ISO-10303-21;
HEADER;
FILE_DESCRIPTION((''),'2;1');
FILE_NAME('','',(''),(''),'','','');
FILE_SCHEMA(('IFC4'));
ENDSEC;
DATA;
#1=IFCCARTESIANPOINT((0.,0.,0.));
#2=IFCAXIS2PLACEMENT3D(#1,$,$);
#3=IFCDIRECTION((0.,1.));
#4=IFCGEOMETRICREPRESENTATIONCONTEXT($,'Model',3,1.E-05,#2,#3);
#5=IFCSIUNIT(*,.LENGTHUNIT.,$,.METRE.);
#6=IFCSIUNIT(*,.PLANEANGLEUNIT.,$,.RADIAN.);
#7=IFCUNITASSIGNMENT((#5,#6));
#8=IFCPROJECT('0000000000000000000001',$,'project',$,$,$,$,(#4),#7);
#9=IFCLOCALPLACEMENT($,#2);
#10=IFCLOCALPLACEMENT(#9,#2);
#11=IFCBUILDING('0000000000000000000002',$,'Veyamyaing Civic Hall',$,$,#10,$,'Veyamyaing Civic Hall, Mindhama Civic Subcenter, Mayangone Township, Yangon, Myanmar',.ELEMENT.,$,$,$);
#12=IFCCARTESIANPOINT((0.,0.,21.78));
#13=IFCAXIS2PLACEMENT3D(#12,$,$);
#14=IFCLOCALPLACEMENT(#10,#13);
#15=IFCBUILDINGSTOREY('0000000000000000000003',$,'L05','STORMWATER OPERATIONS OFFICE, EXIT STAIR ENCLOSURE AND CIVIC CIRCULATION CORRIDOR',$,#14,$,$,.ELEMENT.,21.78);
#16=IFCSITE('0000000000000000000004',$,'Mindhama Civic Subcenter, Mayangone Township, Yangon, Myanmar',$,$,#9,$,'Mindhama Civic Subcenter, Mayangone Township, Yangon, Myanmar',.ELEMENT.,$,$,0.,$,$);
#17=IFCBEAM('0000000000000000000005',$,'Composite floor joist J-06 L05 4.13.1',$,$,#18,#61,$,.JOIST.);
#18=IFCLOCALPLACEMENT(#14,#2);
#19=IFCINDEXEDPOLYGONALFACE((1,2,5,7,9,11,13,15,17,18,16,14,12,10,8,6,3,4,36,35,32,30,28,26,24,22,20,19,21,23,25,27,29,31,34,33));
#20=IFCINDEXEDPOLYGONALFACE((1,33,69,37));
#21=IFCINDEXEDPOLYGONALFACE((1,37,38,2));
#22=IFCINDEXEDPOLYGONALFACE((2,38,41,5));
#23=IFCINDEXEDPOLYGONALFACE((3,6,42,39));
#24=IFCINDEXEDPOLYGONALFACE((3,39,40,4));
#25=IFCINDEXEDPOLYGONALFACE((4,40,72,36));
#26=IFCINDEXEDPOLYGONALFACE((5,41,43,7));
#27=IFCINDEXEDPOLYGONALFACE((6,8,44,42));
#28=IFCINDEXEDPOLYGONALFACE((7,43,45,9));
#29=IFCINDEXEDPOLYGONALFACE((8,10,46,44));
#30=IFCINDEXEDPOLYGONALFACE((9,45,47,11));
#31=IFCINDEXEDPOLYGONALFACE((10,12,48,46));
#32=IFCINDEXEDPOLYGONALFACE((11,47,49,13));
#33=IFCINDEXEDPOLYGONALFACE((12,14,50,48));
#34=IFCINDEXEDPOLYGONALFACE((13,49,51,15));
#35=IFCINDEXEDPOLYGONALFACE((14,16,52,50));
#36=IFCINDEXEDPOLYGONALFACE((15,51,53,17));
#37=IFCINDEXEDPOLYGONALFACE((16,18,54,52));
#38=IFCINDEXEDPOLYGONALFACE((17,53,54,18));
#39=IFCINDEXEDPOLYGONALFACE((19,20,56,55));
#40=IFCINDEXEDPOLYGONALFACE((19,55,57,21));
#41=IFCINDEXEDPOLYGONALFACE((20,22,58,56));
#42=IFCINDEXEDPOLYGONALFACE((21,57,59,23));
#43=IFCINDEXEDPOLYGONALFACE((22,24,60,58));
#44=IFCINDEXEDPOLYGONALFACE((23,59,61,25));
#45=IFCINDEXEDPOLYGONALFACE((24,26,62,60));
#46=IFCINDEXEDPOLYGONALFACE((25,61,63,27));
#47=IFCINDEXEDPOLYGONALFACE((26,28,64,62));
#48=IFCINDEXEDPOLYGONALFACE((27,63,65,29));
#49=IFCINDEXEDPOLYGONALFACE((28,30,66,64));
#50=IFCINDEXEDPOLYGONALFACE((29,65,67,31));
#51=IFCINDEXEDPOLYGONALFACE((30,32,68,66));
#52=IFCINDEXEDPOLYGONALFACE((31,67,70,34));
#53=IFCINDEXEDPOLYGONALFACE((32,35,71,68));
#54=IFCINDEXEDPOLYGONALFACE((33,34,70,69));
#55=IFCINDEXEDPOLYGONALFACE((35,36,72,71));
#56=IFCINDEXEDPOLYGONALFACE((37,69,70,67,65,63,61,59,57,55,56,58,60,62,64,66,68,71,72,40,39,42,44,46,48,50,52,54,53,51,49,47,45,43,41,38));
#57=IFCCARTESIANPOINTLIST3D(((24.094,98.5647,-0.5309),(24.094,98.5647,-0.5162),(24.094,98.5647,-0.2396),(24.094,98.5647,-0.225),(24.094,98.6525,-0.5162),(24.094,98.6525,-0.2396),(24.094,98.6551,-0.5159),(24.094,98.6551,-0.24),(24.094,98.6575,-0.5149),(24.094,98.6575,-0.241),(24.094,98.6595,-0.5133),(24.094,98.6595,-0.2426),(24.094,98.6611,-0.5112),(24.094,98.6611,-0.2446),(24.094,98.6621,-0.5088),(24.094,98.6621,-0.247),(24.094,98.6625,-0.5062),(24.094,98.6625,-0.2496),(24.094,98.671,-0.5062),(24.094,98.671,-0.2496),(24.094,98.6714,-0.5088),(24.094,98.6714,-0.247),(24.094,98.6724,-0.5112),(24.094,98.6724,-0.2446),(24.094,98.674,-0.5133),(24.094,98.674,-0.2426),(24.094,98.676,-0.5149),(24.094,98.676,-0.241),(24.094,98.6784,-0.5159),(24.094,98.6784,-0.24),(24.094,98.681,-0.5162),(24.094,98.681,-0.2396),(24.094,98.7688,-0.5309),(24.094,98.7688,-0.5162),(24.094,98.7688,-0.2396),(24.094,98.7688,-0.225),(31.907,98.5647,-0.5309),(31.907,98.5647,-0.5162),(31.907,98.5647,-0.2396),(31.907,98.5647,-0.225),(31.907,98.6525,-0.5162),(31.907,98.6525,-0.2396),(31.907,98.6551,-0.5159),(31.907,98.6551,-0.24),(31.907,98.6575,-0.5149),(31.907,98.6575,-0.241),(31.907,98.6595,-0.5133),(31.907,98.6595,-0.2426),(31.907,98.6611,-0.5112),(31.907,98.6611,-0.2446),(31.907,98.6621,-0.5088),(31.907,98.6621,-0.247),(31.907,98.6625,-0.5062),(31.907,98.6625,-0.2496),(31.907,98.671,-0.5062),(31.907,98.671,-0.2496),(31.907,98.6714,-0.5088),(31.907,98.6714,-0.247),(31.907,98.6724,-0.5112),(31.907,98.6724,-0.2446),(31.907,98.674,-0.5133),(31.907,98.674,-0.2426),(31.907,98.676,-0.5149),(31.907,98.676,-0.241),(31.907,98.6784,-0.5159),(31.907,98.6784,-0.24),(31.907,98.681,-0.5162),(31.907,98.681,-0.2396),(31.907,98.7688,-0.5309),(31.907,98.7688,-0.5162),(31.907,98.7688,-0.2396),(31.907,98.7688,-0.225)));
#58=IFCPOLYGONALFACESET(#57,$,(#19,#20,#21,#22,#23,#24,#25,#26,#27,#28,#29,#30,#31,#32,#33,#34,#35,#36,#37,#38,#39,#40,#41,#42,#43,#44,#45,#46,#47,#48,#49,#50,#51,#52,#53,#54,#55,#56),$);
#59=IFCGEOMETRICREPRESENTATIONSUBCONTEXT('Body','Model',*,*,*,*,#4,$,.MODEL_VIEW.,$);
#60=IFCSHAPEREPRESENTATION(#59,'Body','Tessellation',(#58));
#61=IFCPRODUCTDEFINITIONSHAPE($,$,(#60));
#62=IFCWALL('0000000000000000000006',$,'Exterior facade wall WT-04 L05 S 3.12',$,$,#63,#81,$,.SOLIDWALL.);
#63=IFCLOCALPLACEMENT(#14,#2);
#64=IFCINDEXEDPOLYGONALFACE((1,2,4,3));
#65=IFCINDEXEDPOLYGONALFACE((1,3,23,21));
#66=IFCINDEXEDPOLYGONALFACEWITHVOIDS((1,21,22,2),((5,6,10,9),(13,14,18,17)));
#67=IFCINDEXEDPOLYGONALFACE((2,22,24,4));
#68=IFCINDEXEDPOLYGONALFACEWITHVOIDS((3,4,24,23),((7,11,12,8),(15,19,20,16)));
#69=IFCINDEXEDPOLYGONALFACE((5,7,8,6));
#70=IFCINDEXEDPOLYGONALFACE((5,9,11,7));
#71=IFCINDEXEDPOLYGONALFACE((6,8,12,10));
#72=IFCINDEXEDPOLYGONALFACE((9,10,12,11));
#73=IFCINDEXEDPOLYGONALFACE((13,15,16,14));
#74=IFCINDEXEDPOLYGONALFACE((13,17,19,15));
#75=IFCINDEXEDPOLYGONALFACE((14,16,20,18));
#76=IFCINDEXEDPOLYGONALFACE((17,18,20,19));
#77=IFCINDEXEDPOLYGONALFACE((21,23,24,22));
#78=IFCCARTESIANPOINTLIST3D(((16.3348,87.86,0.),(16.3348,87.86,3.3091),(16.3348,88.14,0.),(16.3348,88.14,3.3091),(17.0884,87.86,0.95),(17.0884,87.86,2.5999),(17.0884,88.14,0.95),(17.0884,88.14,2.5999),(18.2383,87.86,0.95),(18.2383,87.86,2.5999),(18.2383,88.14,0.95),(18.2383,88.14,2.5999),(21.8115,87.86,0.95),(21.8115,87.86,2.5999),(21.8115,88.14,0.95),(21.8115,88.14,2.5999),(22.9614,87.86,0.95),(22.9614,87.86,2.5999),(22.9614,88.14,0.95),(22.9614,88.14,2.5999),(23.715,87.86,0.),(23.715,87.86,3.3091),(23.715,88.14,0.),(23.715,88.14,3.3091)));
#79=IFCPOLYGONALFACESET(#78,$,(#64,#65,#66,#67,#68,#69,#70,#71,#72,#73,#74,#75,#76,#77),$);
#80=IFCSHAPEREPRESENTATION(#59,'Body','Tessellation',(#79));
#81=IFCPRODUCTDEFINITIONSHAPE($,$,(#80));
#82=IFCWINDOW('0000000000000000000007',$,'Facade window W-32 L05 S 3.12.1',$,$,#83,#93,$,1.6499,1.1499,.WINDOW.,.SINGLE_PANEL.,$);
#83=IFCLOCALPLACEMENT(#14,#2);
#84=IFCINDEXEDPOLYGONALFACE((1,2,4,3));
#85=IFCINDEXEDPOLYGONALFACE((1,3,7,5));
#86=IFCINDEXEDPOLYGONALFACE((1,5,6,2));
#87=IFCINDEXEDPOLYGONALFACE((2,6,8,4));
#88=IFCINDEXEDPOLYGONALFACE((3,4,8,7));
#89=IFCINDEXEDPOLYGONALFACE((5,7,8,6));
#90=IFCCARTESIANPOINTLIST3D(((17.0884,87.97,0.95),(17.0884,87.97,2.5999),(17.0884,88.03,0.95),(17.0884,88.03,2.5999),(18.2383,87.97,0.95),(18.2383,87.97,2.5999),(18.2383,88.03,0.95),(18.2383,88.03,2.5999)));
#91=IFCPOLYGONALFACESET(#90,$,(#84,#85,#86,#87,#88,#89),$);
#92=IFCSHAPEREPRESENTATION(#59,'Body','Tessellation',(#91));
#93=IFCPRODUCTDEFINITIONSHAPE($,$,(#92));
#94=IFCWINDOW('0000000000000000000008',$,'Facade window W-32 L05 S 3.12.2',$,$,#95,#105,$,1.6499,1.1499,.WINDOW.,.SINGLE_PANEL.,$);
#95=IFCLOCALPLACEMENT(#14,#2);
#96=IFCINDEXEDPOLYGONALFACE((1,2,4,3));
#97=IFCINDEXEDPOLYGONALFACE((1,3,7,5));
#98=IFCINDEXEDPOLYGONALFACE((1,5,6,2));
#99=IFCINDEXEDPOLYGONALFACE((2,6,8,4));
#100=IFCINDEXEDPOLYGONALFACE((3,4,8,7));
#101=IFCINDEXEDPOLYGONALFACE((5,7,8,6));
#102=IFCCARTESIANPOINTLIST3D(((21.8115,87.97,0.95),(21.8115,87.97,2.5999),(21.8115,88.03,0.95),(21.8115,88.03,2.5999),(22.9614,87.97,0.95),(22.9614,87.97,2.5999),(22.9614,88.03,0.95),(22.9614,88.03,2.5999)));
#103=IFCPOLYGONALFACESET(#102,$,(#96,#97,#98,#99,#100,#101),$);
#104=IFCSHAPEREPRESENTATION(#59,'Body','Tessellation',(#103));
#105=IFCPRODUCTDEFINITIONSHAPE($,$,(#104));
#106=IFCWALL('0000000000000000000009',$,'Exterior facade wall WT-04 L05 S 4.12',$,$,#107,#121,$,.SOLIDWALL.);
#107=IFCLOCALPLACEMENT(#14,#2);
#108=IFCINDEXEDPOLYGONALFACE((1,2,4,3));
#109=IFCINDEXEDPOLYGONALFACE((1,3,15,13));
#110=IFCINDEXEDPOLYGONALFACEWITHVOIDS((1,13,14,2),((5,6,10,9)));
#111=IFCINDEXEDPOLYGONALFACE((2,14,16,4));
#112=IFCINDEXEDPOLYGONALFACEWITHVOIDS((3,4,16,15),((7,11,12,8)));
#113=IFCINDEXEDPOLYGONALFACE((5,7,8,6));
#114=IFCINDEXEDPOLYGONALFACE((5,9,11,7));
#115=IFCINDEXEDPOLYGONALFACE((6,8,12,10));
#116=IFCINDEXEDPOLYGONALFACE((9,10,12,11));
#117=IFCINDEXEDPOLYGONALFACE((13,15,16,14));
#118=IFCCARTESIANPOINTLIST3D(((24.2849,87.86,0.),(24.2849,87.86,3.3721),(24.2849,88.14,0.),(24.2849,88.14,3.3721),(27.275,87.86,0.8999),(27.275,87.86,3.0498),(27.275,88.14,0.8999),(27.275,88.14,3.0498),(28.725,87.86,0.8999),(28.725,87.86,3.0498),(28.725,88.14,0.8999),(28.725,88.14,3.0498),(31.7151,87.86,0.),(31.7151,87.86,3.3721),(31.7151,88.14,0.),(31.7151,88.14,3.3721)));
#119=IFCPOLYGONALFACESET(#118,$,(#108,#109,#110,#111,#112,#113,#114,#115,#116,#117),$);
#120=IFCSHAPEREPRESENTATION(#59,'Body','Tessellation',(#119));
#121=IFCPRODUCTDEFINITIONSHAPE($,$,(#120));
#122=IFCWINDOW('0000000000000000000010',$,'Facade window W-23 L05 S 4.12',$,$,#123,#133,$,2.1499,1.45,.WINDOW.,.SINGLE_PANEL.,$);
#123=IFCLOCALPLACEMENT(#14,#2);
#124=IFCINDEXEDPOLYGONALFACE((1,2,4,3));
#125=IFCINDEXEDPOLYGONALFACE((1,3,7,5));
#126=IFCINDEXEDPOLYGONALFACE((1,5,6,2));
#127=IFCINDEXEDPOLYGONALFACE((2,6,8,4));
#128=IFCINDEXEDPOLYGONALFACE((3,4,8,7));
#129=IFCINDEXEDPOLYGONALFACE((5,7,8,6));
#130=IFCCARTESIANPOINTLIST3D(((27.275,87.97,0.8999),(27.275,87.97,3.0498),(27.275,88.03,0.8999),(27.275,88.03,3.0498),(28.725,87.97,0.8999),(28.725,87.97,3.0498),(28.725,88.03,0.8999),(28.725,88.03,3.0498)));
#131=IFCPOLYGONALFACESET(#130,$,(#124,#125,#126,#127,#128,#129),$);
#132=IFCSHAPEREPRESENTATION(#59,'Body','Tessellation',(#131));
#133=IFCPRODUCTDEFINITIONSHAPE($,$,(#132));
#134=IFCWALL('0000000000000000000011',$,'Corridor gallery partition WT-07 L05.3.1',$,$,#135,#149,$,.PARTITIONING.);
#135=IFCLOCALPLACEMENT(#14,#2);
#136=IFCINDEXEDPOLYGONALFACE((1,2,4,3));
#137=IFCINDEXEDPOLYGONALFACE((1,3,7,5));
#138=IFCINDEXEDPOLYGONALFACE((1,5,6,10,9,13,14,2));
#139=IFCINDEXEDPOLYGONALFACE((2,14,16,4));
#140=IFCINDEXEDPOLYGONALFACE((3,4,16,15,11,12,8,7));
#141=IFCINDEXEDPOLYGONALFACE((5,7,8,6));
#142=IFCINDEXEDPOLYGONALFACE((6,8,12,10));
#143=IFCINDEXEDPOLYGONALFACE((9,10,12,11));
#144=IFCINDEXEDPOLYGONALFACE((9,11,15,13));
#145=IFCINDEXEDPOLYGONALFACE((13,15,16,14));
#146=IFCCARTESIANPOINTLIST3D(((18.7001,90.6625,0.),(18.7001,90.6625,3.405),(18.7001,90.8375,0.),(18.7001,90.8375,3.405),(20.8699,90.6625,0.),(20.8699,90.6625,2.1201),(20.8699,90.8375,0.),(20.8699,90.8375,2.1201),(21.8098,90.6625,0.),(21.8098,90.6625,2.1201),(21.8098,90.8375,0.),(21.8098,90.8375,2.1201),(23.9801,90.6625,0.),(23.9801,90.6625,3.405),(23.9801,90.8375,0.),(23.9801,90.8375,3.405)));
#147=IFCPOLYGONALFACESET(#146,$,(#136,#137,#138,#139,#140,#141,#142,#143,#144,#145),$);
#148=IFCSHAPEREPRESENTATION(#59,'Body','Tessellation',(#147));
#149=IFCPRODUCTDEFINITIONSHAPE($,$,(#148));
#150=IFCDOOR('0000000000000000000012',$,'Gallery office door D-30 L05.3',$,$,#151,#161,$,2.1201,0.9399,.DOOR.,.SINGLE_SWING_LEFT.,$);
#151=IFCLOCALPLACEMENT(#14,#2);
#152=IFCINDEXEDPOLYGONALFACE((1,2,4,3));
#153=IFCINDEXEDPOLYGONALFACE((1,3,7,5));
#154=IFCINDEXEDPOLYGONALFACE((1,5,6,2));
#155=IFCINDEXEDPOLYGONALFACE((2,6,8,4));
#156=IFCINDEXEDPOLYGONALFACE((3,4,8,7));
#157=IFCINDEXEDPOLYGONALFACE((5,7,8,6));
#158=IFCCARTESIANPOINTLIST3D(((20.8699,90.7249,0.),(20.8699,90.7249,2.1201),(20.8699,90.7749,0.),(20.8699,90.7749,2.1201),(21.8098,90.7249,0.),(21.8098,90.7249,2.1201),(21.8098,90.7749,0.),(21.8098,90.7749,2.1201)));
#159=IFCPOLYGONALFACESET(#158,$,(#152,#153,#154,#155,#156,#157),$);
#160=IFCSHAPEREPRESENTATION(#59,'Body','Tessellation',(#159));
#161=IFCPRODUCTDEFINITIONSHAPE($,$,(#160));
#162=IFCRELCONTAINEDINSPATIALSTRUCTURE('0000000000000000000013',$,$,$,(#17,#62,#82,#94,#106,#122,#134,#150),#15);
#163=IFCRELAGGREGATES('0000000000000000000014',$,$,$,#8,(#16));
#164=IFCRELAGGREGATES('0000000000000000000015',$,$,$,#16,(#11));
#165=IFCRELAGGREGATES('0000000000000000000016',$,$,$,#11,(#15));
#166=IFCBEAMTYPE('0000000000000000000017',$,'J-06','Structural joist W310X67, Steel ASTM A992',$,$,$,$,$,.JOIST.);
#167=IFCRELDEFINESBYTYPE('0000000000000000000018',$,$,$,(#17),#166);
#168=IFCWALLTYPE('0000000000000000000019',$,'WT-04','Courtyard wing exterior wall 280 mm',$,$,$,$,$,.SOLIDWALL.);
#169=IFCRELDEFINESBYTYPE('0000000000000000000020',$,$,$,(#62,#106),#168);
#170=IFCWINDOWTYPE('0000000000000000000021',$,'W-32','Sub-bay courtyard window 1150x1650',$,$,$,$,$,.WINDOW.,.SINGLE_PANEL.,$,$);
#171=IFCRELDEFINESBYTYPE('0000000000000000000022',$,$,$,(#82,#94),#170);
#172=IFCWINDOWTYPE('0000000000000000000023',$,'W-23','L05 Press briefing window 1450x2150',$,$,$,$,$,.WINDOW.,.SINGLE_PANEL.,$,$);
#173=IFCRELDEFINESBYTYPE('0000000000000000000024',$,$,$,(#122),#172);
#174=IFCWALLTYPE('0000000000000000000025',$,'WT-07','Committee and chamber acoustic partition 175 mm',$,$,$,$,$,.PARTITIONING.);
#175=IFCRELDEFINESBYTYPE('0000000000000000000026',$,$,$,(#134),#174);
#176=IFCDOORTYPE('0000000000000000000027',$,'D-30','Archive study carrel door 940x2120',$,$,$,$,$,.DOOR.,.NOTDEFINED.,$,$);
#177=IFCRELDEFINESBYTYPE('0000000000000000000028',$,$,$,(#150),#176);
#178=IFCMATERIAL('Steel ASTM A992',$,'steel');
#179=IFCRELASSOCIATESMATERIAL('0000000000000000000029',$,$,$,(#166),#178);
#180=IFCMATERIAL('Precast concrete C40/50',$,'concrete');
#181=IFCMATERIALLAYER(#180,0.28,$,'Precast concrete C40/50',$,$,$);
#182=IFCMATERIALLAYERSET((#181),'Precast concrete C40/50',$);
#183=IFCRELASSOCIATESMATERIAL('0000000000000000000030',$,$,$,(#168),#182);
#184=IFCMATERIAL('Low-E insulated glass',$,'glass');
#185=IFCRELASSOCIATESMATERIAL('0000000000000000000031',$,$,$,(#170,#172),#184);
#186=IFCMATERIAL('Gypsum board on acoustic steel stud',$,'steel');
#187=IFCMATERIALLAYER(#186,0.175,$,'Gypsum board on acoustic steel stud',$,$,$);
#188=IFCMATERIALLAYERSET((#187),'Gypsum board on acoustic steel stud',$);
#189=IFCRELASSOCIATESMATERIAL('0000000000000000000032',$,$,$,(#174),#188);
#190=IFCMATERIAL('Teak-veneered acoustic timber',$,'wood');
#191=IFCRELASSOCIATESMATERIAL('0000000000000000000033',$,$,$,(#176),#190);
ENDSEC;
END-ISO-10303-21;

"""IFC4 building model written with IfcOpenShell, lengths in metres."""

from ifc_helpers import new_model, si_unit, direction, frame, frame_2d, origin, origin_2d, place, context, subcontext, project, spatial, rectangle, i_section, extrude, material, layer, layer_set, material_profile, profile_set, type_object, element, fill, save


model = new_model("IFC4")

# Units and contexts
model_context = context("Model", 3, precision=1e-05, world=origin(), true_north=direction((0.0, 1.0)))
body_context = subcontext(model_context, "Body", "Model", "MODEL_VIEW")
ifc_project = project(units=[si_unit("LENGTHUNIT", "METRE"), si_unit("PLANEANGLEUNIT", "RADIAN")], contexts=[model_context])

# Site, building, storey
site_placement = place(None, origin())
site = spatial("IfcSite", under=ifc_project, at=site_placement, Name="Mindhama Civic Subcenter, Mayangone Township, Yangon, Myanmar", LongName="Mindhama Civic Subcenter, Mayangone Township, Yangon, Myanmar", CompositionType="ELEMENT", RefElevation=0.0)
building_placement = place(site_placement, origin())
building = spatial("IfcBuilding", under=site, at=building_placement, Name="Veyamyaing Civic Hall", LongName="Veyamyaing Civic Hall, Mindhama Civic Subcenter, Mayangone Township, Yangon, Myanmar", CompositionType="ELEMENT")
storey_placement = place(building_placement, frame((0.0, 0.0, 21.78)))
storey = spatial("IfcBuildingStorey", under=building, at=storey_placement, Name="L05", Description="STORMWATER OPERATIONS OFFICE, EXIT STAIR ENCLOSURE AND CIVIC CIRCULATION CORRIDOR", CompositionType="ELEMENT", Elevation=21.78)

# Beam
ifc_material_1 = material(Name="Steel ASTM A992", Category="steel")
ifc_material_profile_1 = material_profile(ifc_material_1, i_section(OverallWidth=0.2041, OverallDepth=0.3059, WebThickness=0.0085, FlangeThickness=0.0146, FilletRadius=0.01, at=origin_2d()), Name="W310X67")
ifc_profile_set_1 = profile_set([ifc_material_profile_1], Name="Steel ASTM A992")
beam_type_1 = type_object("IfcBeamType", Name="J-06", Description="Structural joist W310X67, Steel ASTM A992", PredefinedType="JOIST", material=ifc_profile_set_1)
beam_1_placement = place(storey_placement, frame((24.094, 98.6667, -0.3779), z_axis=(1.0, 0.0, 0.0), x_axis=(0.0, 1.0, 0.0)))
element("IfcBeam", 1, at=beam_1_placement, inside=storey, type_object=beam_type_1, Name="Composite floor joist J-06 L05 4.13.1", PredefinedType="JOIST", context=body_context, shape_type="SweptSolid", body=[
    extrude(i_section(OverallWidth=0.2041, OverallDepth=0.3059, WebThickness=0.0085, FlangeThickness=0.0146, FilletRadius=0.01, at=origin_2d()), origin(), (0.0, 0.0, 1.0), 7.813),
])

# Wall, openings, windows
ifc_material_2 = material(Name="Precast concrete C40/50", Category="concrete")
ifc_layer_1 = layer(ifc_material_2, 0.28, Name="Precast concrete C40/50")
ifc_layer_set_1 = layer_set([ifc_layer_1], Name="Precast concrete C40/50")
wall_type_1 = type_object("IfcWallType", Name="WT-04", Description="Courtyard wing exterior wall 280 mm", PredefinedType="SOLIDWALL", material=ifc_layer_set_1)
wall_1_placement = place(storey_placement, frame((16.335, 88.0, 0.0), z_axis=(0.0, 0.0, 1.0), x_axis=(1.0, 0.0, 0.0)))
wall_1 = element("IfcWall", 2, at=wall_1_placement, inside=storey, type_object=wall_type_1, Name="Exterior facade wall WT-04 L05 S 3.12", PredefinedType="SOLIDWALL", context=body_context, shape_type="SweptSolid", body=[
    extrude(rectangle(XDim=7.3801, YDim=0.28, at=frame_2d((3.6899, 0.0))), origin(), (0.0, 0.0, 1.0), 3.3091),
])
opening_1_placement = place(wall_1_placement, frame((0.7534, 0.0, 0.95)))
opening_1 = element("IfcOpeningElement", 3, at=opening_1_placement, cuts=wall_1, PredefinedType="OPENING", context=body_context, shape_type="SweptSolid", body=[
    extrude(rectangle(XDim=1.1499, YDim=1.6499, at=frame_2d((0.575, 0.825))), frame((0.0, 0.1499, 0.0), z_axis=(0.0, -1.0, 0.0), x_axis=(1.0, 0.0, 0.0)), (0.0, 0.0, 1.0), 0.3),
])
opening_2_placement = place(wall_1_placement, frame((5.4766, 0.0, 0.95)))
opening_2 = element("IfcOpeningElement", 4, at=opening_2_placement, cuts=wall_1, PredefinedType="OPENING", context=body_context, shape_type="SweptSolid", body=[
    extrude(rectangle(XDim=1.1499, YDim=1.6499, at=frame_2d((0.575, 0.825))), frame((0.0, 0.1499, 0.0), z_axis=(0.0, -1.0, 0.0), x_axis=(1.0, 0.0, 0.0)), (0.0, 0.0, 1.0), 0.3),
])
ifc_material_3 = material(Name="Low-E insulated glass", Category="glass")
window_type_1 = type_object("IfcWindowType", Name="W-32", Description="Sub-bay courtyard window 1150x1650", PartitioningType="SINGLE_PANEL", PredefinedType="WINDOW", material=ifc_material_3)
window_1_placement = place(opening_1_placement, origin())
window_1 = element("IfcWindow", 5, at=window_1_placement, inside=storey, type_object=window_type_1, Name="Facade window W-32 L05 S 3.12.1", OverallHeight=1.6499, OverallWidth=1.1499, PartitioningType="SINGLE_PANEL", PredefinedType="WINDOW", context=body_context, shape_type="SweptSolid", body=[
    extrude(rectangle(XDim=1.1499, YDim=1.6499, at=frame_2d((0.575, 0.825))), frame((0.0, 0.03, 0.0), z_axis=(0.0, -1.0, 0.0), x_axis=(1.0, 0.0, 0.0)), (0.0, 0.0, 1.0), 0.0601),
])
fill(opening_1, window_1)
window_2_placement = place(opening_2_placement, origin())
window_2 = element("IfcWindow", 6, at=window_2_placement, inside=storey, type_object=window_type_1, Name="Facade window W-32 L05 S 3.12.2", OverallHeight=1.6499, OverallWidth=1.1499, PartitioningType="SINGLE_PANEL", PredefinedType="WINDOW", context=body_context, shape_type="SweptSolid", body=[
    extrude(rectangle(XDim=1.1499, YDim=1.6499, at=frame_2d((0.575, 0.825))), frame((0.0, 0.03, 0.0), z_axis=(0.0, -1.0, 0.0), x_axis=(1.0, 0.0, 0.0)), (0.0, 0.0, 1.0), 0.0601),
])
fill(opening_2, window_2)

# Wall, opening, window
wall_2_placement = place(storey_placement, frame((24.2849, 88.0, 0.0), z_axis=(0.0, 0.0, 1.0), x_axis=(1.0, 0.0, 0.0)))
wall_2 = element("IfcWall", 7, at=wall_2_placement, inside=storey, type_object=wall_type_1, Name="Exterior facade wall WT-04 L05 S 4.12", PredefinedType="SOLIDWALL", context=body_context, shape_type="SweptSolid", body=[
    extrude(rectangle(XDim=7.4302, YDim=0.28, at=frame_2d((3.7151, 0.0))), origin(), (0.0, 0.0, 1.0), 3.3721),
])
opening_3_placement = place(wall_2_placement, frame((2.99, 0.0, 0.8999)))
opening_3 = element("IfcOpeningElement", 8, at=opening_3_placement, cuts=wall_2, PredefinedType="OPENING", context=body_context, shape_type="SweptSolid", body=[
    extrude(rectangle(XDim=1.45, YDim=2.1499, at=frame_2d((0.7251, 1.075))), frame((0.0, 0.1499, 0.0), z_axis=(0.0, -1.0, 0.0), x_axis=(1.0, 0.0, 0.0)), (0.0, 0.0, 1.0), 0.3),
])
window_type_2 = type_object("IfcWindowType", Name="W-23", Description="L05 Press briefing window 1450x2150", PartitioningType="SINGLE_PANEL", PredefinedType="WINDOW", material=ifc_material_3)
window_3_placement = place(opening_3_placement, origin())
window_3 = element("IfcWindow", 9, at=window_3_placement, inside=storey, type_object=window_type_2, Name="Facade window W-23 L05 S 4.12", OverallHeight=2.1499, OverallWidth=1.45, PartitioningType="SINGLE_PANEL", PredefinedType="WINDOW", context=body_context, shape_type="SweptSolid", body=[
    extrude(rectangle(XDim=1.45, YDim=2.1499, at=frame_2d((0.7251, 1.075))), frame((0.0, 0.03, 0.0), z_axis=(0.0, -1.0, 0.0), x_axis=(1.0, 0.0, 0.0)), (0.0, 0.0, 1.0), 0.0601),
])
fill(opening_3, window_3)

# Wall, opening, door
ifc_material_4 = material(Name="Gypsum board on acoustic steel stud", Category="steel")
ifc_layer_2 = layer(ifc_material_4, 0.175, Name="Gypsum board on acoustic steel stud")
ifc_layer_set_2 = layer_set([ifc_layer_2], Name="Gypsum board on acoustic steel stud")
wall_type_2 = type_object("IfcWallType", Name="WT-07", Description="Committee and chamber acoustic partition 175 mm", PredefinedType="PARTITIONING", material=ifc_layer_set_2)
wall_3_placement = place(storey_placement, frame((18.7, 90.75, 0.0), z_axis=(0.0, 0.0, 1.0), x_axis=(1.0, 0.0, 0.0)))
wall_3 = element("IfcWall", 10, at=wall_3_placement, inside=storey, type_object=wall_type_2, Name="Corridor gallery partition WT-07 L05.3.1", PredefinedType="PARTITIONING", context=body_context, shape_type="SweptSolid", body=[
    extrude(rectangle(XDim=5.28, YDim=0.175, at=frame_2d((2.6401, 0.0))), origin(), (0.0, 0.0, 1.0), 3.405),
])
opening_4_placement = place(wall_3_placement, frame((2.1699, 0.0, 0.0)))
opening_4 = element("IfcOpeningElement", 11, at=opening_4_placement, cuts=wall_3, PredefinedType="OPENING", context=body_context, shape_type="SweptSolid", body=[
    extrude(rectangle(XDim=0.9399, YDim=2.1201, at=frame_2d((0.47, 1.0601))), frame((0.0, 0.0974, 0.0), z_axis=(0.0, -1.0, 0.0), x_axis=(1.0, 0.0, 0.0)), (0.0, 0.0, 1.0), 0.1951),
])
ifc_material_5 = material(Name="Teak-veneered acoustic timber", Category="wood")
door_type = type_object("IfcDoorType", Name="D-30", Description="Archive study carrel door 940x2120", OperationType="NOTDEFINED", PredefinedType="DOOR", material=ifc_material_5)
door_1_placement = place(opening_4_placement, origin())
door_1 = element("IfcDoor", 12, at=door_1_placement, inside=storey, type_object=door_type, Name="Gallery office door D-30 L05.3", OperationType="SINGLE_SWING_LEFT", OverallHeight=2.1201, OverallWidth=0.9399, PredefinedType="DOOR", context=body_context, shape_type="SweptSolid", body=[
    extrude(rectangle(XDim=0.9399, YDim=2.1201, at=frame_2d((0.47, 1.0601))), frame((0.0, 0.0249, 0.0), z_axis=(0.0, -1.0, 0.0), x_axis=(1.0, 0.0, 0.0)), (0.0, 0.0, 1.0), 0.05),
])
fill(opening_4, door_1)

save(model, "model.ifc")
